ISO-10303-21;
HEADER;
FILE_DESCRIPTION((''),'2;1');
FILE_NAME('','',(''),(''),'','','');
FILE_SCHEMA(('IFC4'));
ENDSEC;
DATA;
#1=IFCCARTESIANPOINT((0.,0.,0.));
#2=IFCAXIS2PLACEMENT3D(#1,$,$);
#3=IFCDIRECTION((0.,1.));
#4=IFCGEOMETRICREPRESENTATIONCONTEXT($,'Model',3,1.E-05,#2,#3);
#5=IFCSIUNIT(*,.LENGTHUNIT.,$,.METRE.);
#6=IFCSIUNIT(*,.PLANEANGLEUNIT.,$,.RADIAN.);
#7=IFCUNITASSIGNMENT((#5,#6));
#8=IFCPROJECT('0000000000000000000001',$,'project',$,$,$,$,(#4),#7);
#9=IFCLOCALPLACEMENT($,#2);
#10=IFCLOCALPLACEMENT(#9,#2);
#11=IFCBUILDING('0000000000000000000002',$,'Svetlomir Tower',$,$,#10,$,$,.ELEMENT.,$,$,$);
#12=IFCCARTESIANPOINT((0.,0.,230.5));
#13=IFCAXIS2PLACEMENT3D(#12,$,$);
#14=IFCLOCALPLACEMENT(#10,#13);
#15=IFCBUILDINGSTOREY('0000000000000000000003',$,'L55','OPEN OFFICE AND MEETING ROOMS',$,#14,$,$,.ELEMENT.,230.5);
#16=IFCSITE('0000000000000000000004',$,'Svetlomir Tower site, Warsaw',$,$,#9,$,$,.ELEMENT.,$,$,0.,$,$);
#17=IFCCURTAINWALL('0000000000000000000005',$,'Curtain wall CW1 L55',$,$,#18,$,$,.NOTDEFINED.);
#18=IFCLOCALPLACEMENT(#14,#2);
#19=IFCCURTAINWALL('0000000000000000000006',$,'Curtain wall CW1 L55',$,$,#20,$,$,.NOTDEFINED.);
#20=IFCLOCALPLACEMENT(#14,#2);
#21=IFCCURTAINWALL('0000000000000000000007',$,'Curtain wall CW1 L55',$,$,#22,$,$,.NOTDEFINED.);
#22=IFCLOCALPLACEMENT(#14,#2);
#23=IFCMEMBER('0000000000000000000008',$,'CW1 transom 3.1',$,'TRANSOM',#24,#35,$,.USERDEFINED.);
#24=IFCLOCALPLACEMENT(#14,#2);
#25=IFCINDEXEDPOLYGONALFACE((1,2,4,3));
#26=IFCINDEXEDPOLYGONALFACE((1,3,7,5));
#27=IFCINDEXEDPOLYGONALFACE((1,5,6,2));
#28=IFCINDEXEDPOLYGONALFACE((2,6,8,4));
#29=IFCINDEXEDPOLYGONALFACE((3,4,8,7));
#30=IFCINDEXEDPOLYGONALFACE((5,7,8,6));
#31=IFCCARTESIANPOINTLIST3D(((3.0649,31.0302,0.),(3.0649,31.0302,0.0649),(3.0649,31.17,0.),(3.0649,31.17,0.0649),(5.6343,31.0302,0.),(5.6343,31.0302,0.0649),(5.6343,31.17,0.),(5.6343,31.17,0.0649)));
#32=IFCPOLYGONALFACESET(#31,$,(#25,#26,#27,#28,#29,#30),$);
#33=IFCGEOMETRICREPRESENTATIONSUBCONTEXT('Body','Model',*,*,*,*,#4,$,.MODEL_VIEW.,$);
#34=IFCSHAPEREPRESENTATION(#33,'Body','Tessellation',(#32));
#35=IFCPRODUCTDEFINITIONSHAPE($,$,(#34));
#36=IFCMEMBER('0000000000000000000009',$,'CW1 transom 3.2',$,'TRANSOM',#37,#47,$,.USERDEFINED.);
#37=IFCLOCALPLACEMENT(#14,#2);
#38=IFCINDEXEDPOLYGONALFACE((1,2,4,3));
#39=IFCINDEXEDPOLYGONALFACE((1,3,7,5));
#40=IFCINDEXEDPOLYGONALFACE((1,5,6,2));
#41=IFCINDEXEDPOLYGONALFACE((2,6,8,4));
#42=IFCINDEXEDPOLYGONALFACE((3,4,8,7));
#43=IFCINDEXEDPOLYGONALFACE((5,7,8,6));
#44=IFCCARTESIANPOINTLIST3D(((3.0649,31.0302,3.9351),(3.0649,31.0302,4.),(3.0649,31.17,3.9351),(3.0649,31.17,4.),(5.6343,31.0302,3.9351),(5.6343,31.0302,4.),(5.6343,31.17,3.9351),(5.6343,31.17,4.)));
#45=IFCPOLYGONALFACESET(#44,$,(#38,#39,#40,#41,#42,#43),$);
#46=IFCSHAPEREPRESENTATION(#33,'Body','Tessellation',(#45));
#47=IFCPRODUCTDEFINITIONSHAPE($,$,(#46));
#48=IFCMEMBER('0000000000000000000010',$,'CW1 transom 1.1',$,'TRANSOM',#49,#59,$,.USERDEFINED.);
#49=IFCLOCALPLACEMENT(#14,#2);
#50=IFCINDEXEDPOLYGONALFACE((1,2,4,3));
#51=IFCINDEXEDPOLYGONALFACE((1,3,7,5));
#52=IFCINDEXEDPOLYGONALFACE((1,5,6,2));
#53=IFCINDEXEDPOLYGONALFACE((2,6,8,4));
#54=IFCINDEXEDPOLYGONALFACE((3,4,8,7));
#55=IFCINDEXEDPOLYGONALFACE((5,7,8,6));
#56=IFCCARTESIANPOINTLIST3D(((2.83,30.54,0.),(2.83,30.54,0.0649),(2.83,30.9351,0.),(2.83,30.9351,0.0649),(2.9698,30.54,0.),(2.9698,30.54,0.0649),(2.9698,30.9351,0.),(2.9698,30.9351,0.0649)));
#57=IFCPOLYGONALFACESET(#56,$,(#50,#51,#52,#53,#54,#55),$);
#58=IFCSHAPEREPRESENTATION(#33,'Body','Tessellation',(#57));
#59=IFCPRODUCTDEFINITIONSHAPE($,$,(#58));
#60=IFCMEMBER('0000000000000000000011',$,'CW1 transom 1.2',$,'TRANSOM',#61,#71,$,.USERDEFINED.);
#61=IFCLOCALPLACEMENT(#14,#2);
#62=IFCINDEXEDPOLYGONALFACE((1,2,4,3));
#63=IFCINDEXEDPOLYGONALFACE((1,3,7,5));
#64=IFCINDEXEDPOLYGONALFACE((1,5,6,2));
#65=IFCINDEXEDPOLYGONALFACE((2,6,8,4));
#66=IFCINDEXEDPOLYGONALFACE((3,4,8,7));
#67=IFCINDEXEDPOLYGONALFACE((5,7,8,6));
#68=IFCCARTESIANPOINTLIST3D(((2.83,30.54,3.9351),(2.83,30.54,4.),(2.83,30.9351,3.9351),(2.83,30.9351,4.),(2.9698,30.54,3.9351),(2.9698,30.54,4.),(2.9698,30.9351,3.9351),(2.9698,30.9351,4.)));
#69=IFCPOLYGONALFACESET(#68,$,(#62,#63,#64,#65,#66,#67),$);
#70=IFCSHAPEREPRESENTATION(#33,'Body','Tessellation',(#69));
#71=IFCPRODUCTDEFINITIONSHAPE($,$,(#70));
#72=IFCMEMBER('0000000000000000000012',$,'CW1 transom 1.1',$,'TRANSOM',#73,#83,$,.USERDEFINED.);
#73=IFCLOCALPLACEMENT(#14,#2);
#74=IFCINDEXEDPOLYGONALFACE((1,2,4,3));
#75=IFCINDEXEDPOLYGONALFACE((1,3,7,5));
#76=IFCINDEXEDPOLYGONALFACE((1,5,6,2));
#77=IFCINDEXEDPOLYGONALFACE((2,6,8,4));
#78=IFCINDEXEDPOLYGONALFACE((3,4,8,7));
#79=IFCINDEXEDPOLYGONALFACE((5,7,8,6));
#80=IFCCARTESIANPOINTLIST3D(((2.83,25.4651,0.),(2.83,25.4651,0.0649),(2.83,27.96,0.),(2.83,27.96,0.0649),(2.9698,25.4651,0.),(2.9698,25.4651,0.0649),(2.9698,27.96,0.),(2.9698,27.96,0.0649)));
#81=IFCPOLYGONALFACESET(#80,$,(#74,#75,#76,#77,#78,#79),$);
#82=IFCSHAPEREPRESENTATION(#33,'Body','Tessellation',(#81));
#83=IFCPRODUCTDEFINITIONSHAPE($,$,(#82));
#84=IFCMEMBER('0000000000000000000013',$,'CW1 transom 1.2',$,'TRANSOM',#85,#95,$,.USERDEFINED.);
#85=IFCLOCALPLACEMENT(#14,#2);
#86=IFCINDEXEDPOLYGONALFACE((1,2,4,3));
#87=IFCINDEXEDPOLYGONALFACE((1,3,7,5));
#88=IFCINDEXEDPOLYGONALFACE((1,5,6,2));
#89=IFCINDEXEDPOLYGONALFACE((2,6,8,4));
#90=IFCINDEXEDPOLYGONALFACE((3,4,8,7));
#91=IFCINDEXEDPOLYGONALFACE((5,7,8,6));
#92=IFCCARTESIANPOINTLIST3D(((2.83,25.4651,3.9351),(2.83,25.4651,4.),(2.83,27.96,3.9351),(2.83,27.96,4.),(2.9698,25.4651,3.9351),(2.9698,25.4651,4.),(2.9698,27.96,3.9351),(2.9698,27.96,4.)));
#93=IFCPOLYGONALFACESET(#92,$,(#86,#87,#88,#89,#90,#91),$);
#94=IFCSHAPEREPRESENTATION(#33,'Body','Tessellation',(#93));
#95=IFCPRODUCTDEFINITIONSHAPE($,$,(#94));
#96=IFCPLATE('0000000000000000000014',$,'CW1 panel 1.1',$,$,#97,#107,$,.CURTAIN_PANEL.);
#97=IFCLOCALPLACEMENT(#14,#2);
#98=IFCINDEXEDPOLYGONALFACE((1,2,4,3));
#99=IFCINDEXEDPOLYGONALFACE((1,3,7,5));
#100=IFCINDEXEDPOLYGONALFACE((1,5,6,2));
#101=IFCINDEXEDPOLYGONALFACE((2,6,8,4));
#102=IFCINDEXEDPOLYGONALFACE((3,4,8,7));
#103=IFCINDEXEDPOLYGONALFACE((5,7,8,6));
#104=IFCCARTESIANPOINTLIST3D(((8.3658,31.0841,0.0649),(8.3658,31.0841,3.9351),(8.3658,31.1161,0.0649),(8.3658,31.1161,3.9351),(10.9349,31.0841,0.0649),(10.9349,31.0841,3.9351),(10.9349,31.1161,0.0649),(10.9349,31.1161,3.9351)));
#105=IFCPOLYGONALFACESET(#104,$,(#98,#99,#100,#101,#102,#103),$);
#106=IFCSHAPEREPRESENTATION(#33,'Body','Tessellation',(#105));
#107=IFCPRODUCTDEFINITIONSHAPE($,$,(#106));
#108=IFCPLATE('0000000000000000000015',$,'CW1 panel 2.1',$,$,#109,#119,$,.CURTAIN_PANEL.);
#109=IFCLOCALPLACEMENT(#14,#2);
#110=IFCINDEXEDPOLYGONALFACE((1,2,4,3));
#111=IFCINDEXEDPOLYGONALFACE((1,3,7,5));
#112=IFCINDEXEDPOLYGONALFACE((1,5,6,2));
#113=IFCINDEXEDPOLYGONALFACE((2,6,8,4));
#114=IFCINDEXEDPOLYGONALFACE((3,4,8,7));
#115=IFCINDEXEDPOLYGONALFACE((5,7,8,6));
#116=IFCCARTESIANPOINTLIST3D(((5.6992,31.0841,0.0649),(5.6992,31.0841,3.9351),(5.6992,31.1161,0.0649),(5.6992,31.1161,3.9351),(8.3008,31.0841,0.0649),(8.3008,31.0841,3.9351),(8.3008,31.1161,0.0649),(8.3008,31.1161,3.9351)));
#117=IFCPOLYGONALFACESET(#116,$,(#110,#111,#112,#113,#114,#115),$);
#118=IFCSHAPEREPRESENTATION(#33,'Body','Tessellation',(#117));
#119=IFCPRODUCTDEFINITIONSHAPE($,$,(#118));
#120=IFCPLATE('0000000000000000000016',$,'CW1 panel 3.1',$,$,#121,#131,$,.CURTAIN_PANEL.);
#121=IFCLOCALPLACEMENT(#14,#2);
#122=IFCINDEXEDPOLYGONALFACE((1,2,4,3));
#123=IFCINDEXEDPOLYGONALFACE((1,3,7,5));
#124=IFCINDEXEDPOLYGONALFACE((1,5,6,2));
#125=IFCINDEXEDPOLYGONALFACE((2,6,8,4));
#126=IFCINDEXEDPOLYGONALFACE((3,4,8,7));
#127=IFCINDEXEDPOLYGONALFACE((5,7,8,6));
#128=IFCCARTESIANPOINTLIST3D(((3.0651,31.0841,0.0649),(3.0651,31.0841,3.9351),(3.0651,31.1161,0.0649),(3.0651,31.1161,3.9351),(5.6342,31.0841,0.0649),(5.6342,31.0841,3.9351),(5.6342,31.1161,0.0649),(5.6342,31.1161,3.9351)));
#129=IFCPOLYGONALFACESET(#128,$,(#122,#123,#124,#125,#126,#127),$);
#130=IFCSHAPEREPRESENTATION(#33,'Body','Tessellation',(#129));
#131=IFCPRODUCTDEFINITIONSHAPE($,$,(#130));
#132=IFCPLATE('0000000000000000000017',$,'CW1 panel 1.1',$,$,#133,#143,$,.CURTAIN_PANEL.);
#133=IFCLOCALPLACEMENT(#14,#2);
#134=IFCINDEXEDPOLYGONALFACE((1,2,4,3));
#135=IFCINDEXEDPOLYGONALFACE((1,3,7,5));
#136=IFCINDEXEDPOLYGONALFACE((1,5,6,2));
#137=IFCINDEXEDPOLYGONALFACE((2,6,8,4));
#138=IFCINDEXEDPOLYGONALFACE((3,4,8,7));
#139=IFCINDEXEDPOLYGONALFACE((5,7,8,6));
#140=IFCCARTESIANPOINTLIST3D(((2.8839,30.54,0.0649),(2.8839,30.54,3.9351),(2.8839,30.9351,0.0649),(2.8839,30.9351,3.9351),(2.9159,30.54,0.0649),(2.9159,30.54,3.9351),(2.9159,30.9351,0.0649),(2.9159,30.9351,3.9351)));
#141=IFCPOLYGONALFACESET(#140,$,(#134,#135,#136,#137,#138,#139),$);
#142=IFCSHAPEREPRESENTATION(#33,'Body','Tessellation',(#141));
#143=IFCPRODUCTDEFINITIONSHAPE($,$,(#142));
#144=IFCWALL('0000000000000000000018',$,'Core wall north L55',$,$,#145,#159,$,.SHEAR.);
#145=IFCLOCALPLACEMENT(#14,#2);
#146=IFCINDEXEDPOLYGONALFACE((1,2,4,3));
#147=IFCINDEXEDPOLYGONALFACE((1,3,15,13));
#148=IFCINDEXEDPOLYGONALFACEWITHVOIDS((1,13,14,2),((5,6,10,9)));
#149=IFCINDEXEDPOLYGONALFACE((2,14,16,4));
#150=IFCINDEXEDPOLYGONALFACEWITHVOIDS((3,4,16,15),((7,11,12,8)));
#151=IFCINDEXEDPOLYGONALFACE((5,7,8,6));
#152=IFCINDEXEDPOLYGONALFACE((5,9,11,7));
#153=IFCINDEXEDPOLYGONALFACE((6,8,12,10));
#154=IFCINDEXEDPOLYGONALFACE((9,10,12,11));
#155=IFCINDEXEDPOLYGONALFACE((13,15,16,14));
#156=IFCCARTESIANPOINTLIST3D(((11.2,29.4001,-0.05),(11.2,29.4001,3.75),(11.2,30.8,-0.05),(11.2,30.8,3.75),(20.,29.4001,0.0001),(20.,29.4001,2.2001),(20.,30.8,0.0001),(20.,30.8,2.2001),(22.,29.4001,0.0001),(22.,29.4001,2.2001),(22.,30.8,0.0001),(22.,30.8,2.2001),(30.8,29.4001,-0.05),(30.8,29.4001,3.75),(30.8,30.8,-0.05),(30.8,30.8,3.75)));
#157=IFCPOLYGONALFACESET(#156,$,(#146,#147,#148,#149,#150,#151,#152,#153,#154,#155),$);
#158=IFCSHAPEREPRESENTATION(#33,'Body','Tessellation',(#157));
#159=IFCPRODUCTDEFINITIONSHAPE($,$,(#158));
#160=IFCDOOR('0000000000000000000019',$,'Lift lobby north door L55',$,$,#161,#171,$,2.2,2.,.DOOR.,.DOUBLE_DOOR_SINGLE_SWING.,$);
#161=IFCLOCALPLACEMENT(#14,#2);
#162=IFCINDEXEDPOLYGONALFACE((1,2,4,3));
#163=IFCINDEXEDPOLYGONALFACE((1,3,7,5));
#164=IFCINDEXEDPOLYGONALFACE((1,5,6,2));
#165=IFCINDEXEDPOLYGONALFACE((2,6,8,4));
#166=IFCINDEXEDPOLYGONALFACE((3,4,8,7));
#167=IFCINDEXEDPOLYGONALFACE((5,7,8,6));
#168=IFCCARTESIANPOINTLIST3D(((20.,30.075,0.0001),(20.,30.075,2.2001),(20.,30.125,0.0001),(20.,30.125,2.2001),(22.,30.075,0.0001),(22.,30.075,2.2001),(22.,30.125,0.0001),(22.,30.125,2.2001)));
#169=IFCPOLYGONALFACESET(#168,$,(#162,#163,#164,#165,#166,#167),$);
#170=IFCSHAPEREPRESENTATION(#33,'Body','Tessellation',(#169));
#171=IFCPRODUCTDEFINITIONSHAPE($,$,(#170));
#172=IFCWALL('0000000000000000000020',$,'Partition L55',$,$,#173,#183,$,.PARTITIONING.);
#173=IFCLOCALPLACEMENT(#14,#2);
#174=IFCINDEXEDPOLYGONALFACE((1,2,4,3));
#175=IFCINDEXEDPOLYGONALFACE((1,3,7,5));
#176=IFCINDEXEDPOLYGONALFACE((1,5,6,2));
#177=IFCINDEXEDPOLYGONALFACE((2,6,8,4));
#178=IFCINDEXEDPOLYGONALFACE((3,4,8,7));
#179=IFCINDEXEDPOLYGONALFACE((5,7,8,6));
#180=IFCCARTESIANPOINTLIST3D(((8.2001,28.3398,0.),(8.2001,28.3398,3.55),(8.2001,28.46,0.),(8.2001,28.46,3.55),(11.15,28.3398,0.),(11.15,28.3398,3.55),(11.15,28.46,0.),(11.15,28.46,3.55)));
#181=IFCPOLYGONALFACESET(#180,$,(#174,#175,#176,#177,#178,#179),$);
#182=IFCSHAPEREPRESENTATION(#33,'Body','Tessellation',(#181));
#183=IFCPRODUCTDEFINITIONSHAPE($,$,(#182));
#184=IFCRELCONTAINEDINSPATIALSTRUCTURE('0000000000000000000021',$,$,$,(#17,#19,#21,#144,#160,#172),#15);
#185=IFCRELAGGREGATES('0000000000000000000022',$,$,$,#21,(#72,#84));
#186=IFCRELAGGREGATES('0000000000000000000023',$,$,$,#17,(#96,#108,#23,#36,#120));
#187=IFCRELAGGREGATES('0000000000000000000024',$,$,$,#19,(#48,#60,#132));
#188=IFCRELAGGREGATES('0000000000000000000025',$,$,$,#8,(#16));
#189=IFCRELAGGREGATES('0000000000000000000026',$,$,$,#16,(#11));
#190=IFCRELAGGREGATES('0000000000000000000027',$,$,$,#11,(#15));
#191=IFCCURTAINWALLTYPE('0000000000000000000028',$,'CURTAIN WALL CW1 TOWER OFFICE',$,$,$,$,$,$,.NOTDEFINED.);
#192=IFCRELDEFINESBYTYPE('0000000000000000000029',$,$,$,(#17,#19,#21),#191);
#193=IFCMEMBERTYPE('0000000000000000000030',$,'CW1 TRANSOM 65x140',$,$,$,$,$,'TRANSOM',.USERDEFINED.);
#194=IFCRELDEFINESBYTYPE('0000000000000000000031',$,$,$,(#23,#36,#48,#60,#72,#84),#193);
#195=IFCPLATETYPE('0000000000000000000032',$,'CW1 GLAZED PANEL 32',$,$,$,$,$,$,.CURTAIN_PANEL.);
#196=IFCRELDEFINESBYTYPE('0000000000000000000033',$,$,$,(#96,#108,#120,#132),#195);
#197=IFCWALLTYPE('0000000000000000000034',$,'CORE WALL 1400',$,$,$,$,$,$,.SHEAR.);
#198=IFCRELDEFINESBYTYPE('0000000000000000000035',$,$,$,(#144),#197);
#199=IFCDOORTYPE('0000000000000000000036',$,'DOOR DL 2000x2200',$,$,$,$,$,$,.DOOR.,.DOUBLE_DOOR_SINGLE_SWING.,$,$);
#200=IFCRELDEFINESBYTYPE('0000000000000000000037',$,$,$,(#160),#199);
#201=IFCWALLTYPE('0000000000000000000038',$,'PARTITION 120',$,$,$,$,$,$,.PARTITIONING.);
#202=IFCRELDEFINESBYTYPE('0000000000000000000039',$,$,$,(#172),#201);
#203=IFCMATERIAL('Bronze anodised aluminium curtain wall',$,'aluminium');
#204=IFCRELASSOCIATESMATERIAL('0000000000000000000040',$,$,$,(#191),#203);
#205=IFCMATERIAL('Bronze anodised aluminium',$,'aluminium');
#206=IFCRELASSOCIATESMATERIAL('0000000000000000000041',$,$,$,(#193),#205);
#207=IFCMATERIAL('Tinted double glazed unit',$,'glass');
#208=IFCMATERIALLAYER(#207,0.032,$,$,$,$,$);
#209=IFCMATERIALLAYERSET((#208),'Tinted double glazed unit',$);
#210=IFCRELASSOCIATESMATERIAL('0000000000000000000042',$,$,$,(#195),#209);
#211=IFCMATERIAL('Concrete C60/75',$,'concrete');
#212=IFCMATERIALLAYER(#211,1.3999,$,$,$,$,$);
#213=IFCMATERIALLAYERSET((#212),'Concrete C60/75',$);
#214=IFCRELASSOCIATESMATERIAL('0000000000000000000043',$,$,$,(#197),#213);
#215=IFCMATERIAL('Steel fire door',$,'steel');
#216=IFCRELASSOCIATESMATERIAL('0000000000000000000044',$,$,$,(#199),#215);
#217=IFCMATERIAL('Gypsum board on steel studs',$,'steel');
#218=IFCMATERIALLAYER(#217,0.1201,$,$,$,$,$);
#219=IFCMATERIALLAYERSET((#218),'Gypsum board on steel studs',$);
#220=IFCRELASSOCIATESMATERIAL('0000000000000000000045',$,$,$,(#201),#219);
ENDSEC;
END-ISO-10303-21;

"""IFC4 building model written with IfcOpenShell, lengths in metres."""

from ifc_helpers import new_model, si_unit, direction, frame, frame_2d, origin, origin_2d, place, context, subcontext, project, spatial, rectangle, extrude, material, layer, layer_set, material_profile, profile_set, type_object, element, fill, aggregate, save


model = new_model("IFC4")

# Units and contexts
model_context = context("Model", 3, precision=1e-05, world=origin(), true_north=direction((0.0, 1.0)))
body_context = subcontext(model_context, "Body", "Model", "MODEL_VIEW")
ifc_project = project(units=[si_unit("LENGTHUNIT", "METRE"), si_unit("PLANEANGLEUNIT", "RADIAN")], contexts=[model_context])

# Site, building, storey
site_placement = place(None, origin())
site = spatial("IfcSite", under=ifc_project, at=site_placement, Name="Svetlomir Tower site, Warsaw", CompositionType="ELEMENT", RefElevation=0.0)
building_placement = place(site_placement, origin())
building = spatial("IfcBuilding", under=site, at=building_placement, Name="Svetlomir Tower", CompositionType="ELEMENT")
storey_placement = place(building_placement, frame((0.0, 0.0, 230.5)))
storey = spatial("IfcBuildingStorey", under=building, at=storey_placement, Name="L55", Description="OPEN OFFICE AND MEETING ROOMS", CompositionType="ELEMENT", Elevation=230.5)

# Curtain wall
ifc_material_1 = material(Name="Bronze anodised aluminium curtain wall", Category="aluminium")
curtain_wall_type = type_object("IfcCurtainWallType", Name="CURTAIN WALL CW1 TOWER OFFICE", PredefinedType="NOTDEFINED", material=ifc_material_1)
curtain_wall_1_placement = place(storey_placement, origin())
curtain_wall_1 = element("IfcCurtainWall", 1, at=curtain_wall_1_placement, inside=storey, type_object=curtain_wall_type, Name="Curtain wall CW1 L55", PredefinedType="NOTDEFINED")

# Curtain wall
curtain_wall_2_placement = place(storey_placement, origin())
curtain_wall_2 = element("IfcCurtainWall", 2, at=curtain_wall_2_placement, inside=storey, type_object=curtain_wall_type, Name="Curtain wall CW1 L55", PredefinedType="NOTDEFINED")

# Curtain wall
curtain_wall_3_placement = place(storey_placement, origin())
curtain_wall_3 = element("IfcCurtainWall", 3, at=curtain_wall_3_placement, inside=storey, type_object=curtain_wall_type, Name="Curtain wall CW1 L55", PredefinedType="NOTDEFINED")

# Members
ifc_material_2 = material(Name="Bronze anodised aluminium", Category="aluminium")
ifc_material_profile_1 = material_profile(ifc_material_2, rectangle(XDim=0.1399, YDim=0.0649, at=origin_2d()), Name="AL 140x65")
ifc_profile_set_1 = profile_set([ifc_material_profile_1], Name="Bronze anodised aluminium 6063-T6")
member_type_1 = type_object("IfcMemberType", Name="CW1 TRANSOM 65x140", ElementType="TRANSOM", PredefinedType="USERDEFINED", material=ifc_profile_set_1)
member_1_placement = place(storey_placement, frame((5.6343, 31.1001, 0.0325), z_axis=(-1.0, 0.0, 0.0), x_axis=(0.0, -1.0, 0.0)))
member_1 = element("IfcMember", 4, at=member_1_placement, type_object=member_type_1, Name="CW1 transom 3.1", ObjectType="TRANSOM", PredefinedType="USERDEFINED", context=body_context, shape_type="SweptSolid", body=[
    extrude(rectangle(XDim=0.1399, YDim=0.0649, at=origin_2d()), origin(), (0.0, 0.0, 1.0), 2.5693),
])
member_2_placement = place(storey_placement, frame((5.6343, 31.1001, 3.9675), z_axis=(-1.0, 0.0, 0.0), x_axis=(0.0, -1.0, 0.0)))
member_2 = element("IfcMember", 5, at=member_2_placement, type_object=member_type_1, Name="CW1 transom 3.2", ObjectType="TRANSOM", PredefinedType="USERDEFINED", context=body_context, shape_type="SweptSolid", body=[
    extrude(rectangle(XDim=0.1399, YDim=0.0649, at=origin_2d()), origin(), (0.0, 0.0, 1.0), 2.5693),
])
member_3_placement = place(storey_placement, frame((2.8999, 30.9351, 0.0325), z_axis=(0.0, -1.0, 0.0), x_axis=(1.0, 0.0, 0.0)))
member_3 = element("IfcMember", 6, at=member_3_placement, type_object=member_type_1, Name="CW1 transom 1.1", ObjectType="TRANSOM", PredefinedType="USERDEFINED", context=body_context, shape_type="SweptSolid", body=[
    extrude(rectangle(XDim=0.1399, YDim=0.0649, at=origin_2d()), origin(), (0.0, 0.0, 1.0), 0.395),
])
member_4_placement = place(storey_placement, frame((2.8999, 30.9351, 3.9675), z_axis=(0.0, -1.0, 0.0), x_axis=(1.0, 0.0, 0.0)))
member_4 = element("IfcMember", 7, at=member_4_placement, type_object=member_type_1, Name="CW1 transom 1.2", ObjectType="TRANSOM", PredefinedType="USERDEFINED", context=body_context, shape_type="SweptSolid", body=[
    extrude(rectangle(XDim=0.1399, YDim=0.0649, at=origin_2d()), origin(), (0.0, 0.0, 1.0), 0.395),
])
member_5_placement = place(storey_placement, frame((2.8999, 27.96, 0.0325), z_axis=(0.0, -1.0, 0.0), x_axis=(1.0, 0.0, 0.0)))
member_5 = element("IfcMember", 8, at=member_5_placement, type_object=member_type_1, Name="CW1 transom 1.1", ObjectType="TRANSOM", PredefinedType="USERDEFINED", context=body_context, shape_type="SweptSolid", body=[
    extrude(rectangle(XDim=0.1399, YDim=0.0649, at=origin_2d()), origin(), (0.0, 0.0, 1.0), 2.4949),
])
member_6_placement = place(storey_placement, frame((2.8999, 27.96, 3.9675), z_axis=(0.0, -1.0, 0.0), x_axis=(1.0, 0.0, 0.0)))
member_6 = element("IfcMember", 9, at=member_6_placement, type_object=member_type_1, Name="CW1 transom 1.2", ObjectType="TRANSOM", PredefinedType="USERDEFINED", context=body_context, shape_type="SweptSolid", body=[
    extrude(rectangle(XDim=0.1399, YDim=0.0649, at=origin_2d()), origin(), (0.0, 0.0, 1.0), 2.4949),
])
aggregate(curtain_wall_3, [member_5, member_6])

# Plates
ifc_material_3 = material(Name="Tinted double glazed unit", Category="glass")
ifc_layer_1 = layer(ifc_material_3, 0.032)
ifc_layer_set_1 = layer_set([ifc_layer_1], Name="Tinted double glazed unit")
plate_type = type_object("IfcPlateType", Name="CW1 GLAZED PANEL 32", PredefinedType="CURTAIN_PANEL", material=ifc_layer_set_1)
plate_1_placement = place(storey_placement, frame((9.6504, 31.1001, 0.0649), z_axis=(0.0, 0.0, 1.0), x_axis=(-1.0, 0.0, 0.0)))
plate_1 = element("IfcPlate", 10, at=plate_1_placement, type_object=plate_type, Name="CW1 panel 1.1", PredefinedType="CURTAIN_PANEL", context=body_context, shape_type="SweptSolid", body=[
    extrude(rectangle(XDim=2.5691, YDim=0.032, at=origin_2d()), origin(), (0.0, 0.0, 1.0), 3.8701),
])
plate_2_placement = place(storey_placement, frame((7.0, 31.1001, 0.0649), z_axis=(0.0, 0.0, 1.0), x_axis=(-1.0, 0.0, 0.0)))
plate_2 = element("IfcPlate", 11, at=plate_2_placement, type_object=plate_type, Name="CW1 panel 2.1", PredefinedType="CURTAIN_PANEL", context=body_context, shape_type="SweptSolid", body=[
    extrude(rectangle(XDim=2.6016, YDim=0.032, at=origin_2d()), origin(), (0.0, 0.0, 1.0), 3.8701),
])
plate_3_placement = place(storey_placement, frame((4.3496, 31.1001, 0.0649), z_axis=(0.0, 0.0, 1.0), x_axis=(-1.0, 0.0, 0.0)))
plate_3 = element("IfcPlate", 12, at=plate_3_placement, type_object=plate_type, Name="CW1 panel 3.1", PredefinedType="CURTAIN_PANEL", context=body_context, shape_type="SweptSolid", body=[
    extrude(rectangle(XDim=2.5691, YDim=0.032, at=origin_2d()), origin(), (0.0, 0.0, 1.0), 3.8701),
])
aggregate(curtain_wall_1, [plate_1, plate_2, member_1, member_2, plate_3])
plate_4_placement = place(storey_placement, frame((2.8999, 30.7375, 0.0649), z_axis=(0.0, 0.0, 1.0), x_axis=(0.0, -1.0, 0.0)))
plate_4 = element("IfcPlate", 13, at=plate_4_placement, type_object=plate_type, Name="CW1 panel 1.1", PredefinedType="CURTAIN_PANEL", context=body_context, shape_type="SweptSolid", body=[
    extrude(rectangle(XDim=0.395, YDim=0.032, at=origin_2d()), origin(), (0.0, 0.0, 1.0), 3.8701),
])
aggregate(curtain_wall_2, [member_3, member_4, plate_4])

# Wall, opening, door
ifc_material_4 = material(Name="Concrete C60/75", Category="concrete")
ifc_layer_2 = layer(ifc_material_4, 1.3999)
ifc_layer_set_2 = layer_set([ifc_layer_2], Name="Concrete C60/75")
wall_type_1 = type_object("IfcWallType", Name="CORE WALL 1400", PredefinedType="SHEAR", material=ifc_layer_set_2)
wall_1_placement = place(storey_placement, frame((11.2, 30.1001, -0.05), z_axis=(0.0, 0.0, 1.0), x_axis=(1.0, 0.0, 0.0)))
wall_1 = element("IfcWall", 14, at=wall_1_placement, inside=storey, type_object=wall_type_1, Name="Core wall north L55", PredefinedType="SHEAR", context=body_context, shape_type="SweptSolid", body=[
    extrude(rectangle(XDim=19.6001, YDim=1.3999, at=frame_2d((9.8, 0.0))), origin(), (0.0, 0.0, 1.0), 3.8),
])
opening_placement = place(wall_1_placement, frame((8.8, 0.0, 0.05)))
opening = element("IfcOpeningElement", 15, at=opening_placement, cuts=wall_1, PredefinedType="OPENING", context=body_context, shape_type="SweptSolid", body=[
    extrude(rectangle(XDim=2.0, YDim=2.2, at=frame_2d((1.0, 1.1001))), frame((0.0, 0.71, 0.0), z_axis=(0.0, -1.0, 0.0), x_axis=(1.0, 0.0, 0.0)), (0.0, 0.0, 1.0), 1.4199),
])
ifc_material_5 = material(Name="Steel fire door", Category="steel")
door_type = type_object("IfcDoorType", Name="DOOR DL 2000x2200", OperationType="DOUBLE_DOOR_SINGLE_SWING", PredefinedType="DOOR", material=ifc_material_5)
door_placement = place(opening_placement, origin())
door = element("IfcDoor", 16, at=door_placement, inside=storey, type_object=door_type, Name="Lift lobby north door L55", OperationType="DOUBLE_DOOR_SINGLE_SWING", OverallHeight=2.2, OverallWidth=2.0, PredefinedType="DOOR", context=body_context, shape_type="SweptSolid", body=[
    extrude(rectangle(XDim=2.0, YDim=2.2, at=frame_2d((1.0, 1.1001))), frame((0.0, 0.0249, 0.0), z_axis=(0.0, -1.0, 0.0), x_axis=(1.0, 0.0, 0.0)), (0.0, 0.0, 1.0), 0.05),
])
fill(opening, door)

# Wall
ifc_material_6 = material(Name="Gypsum board on steel studs", Category="steel")
ifc_layer_3 = layer(ifc_material_6, 0.1201)
ifc_layer_set_3 = layer_set([ifc_layer_3], Name="Gypsum board on steel studs")
wall_type_2 = type_object("IfcWallType", Name="PARTITION 120", PredefinedType="PARTITIONING", material=ifc_layer_set_3)
wall_2_placement = place(storey_placement, frame((8.2, 28.3999, 0.0), z_axis=(0.0, 0.0, 1.0), x_axis=(1.0, 0.0, 0.0)))
element("IfcWall", 17, at=wall_2_placement, inside=storey, type_object=wall_type_2, Name="Partition L55", PredefinedType="PARTITIONING", context=body_context, shape_type="SweptSolid", body=[
    extrude(rectangle(XDim=2.95, YDim=0.1201, at=frame_2d((1.4751, 0.0))), origin(), (0.0, 0.0, 1.0), 3.55),
])

save(model, "model.ifc")
